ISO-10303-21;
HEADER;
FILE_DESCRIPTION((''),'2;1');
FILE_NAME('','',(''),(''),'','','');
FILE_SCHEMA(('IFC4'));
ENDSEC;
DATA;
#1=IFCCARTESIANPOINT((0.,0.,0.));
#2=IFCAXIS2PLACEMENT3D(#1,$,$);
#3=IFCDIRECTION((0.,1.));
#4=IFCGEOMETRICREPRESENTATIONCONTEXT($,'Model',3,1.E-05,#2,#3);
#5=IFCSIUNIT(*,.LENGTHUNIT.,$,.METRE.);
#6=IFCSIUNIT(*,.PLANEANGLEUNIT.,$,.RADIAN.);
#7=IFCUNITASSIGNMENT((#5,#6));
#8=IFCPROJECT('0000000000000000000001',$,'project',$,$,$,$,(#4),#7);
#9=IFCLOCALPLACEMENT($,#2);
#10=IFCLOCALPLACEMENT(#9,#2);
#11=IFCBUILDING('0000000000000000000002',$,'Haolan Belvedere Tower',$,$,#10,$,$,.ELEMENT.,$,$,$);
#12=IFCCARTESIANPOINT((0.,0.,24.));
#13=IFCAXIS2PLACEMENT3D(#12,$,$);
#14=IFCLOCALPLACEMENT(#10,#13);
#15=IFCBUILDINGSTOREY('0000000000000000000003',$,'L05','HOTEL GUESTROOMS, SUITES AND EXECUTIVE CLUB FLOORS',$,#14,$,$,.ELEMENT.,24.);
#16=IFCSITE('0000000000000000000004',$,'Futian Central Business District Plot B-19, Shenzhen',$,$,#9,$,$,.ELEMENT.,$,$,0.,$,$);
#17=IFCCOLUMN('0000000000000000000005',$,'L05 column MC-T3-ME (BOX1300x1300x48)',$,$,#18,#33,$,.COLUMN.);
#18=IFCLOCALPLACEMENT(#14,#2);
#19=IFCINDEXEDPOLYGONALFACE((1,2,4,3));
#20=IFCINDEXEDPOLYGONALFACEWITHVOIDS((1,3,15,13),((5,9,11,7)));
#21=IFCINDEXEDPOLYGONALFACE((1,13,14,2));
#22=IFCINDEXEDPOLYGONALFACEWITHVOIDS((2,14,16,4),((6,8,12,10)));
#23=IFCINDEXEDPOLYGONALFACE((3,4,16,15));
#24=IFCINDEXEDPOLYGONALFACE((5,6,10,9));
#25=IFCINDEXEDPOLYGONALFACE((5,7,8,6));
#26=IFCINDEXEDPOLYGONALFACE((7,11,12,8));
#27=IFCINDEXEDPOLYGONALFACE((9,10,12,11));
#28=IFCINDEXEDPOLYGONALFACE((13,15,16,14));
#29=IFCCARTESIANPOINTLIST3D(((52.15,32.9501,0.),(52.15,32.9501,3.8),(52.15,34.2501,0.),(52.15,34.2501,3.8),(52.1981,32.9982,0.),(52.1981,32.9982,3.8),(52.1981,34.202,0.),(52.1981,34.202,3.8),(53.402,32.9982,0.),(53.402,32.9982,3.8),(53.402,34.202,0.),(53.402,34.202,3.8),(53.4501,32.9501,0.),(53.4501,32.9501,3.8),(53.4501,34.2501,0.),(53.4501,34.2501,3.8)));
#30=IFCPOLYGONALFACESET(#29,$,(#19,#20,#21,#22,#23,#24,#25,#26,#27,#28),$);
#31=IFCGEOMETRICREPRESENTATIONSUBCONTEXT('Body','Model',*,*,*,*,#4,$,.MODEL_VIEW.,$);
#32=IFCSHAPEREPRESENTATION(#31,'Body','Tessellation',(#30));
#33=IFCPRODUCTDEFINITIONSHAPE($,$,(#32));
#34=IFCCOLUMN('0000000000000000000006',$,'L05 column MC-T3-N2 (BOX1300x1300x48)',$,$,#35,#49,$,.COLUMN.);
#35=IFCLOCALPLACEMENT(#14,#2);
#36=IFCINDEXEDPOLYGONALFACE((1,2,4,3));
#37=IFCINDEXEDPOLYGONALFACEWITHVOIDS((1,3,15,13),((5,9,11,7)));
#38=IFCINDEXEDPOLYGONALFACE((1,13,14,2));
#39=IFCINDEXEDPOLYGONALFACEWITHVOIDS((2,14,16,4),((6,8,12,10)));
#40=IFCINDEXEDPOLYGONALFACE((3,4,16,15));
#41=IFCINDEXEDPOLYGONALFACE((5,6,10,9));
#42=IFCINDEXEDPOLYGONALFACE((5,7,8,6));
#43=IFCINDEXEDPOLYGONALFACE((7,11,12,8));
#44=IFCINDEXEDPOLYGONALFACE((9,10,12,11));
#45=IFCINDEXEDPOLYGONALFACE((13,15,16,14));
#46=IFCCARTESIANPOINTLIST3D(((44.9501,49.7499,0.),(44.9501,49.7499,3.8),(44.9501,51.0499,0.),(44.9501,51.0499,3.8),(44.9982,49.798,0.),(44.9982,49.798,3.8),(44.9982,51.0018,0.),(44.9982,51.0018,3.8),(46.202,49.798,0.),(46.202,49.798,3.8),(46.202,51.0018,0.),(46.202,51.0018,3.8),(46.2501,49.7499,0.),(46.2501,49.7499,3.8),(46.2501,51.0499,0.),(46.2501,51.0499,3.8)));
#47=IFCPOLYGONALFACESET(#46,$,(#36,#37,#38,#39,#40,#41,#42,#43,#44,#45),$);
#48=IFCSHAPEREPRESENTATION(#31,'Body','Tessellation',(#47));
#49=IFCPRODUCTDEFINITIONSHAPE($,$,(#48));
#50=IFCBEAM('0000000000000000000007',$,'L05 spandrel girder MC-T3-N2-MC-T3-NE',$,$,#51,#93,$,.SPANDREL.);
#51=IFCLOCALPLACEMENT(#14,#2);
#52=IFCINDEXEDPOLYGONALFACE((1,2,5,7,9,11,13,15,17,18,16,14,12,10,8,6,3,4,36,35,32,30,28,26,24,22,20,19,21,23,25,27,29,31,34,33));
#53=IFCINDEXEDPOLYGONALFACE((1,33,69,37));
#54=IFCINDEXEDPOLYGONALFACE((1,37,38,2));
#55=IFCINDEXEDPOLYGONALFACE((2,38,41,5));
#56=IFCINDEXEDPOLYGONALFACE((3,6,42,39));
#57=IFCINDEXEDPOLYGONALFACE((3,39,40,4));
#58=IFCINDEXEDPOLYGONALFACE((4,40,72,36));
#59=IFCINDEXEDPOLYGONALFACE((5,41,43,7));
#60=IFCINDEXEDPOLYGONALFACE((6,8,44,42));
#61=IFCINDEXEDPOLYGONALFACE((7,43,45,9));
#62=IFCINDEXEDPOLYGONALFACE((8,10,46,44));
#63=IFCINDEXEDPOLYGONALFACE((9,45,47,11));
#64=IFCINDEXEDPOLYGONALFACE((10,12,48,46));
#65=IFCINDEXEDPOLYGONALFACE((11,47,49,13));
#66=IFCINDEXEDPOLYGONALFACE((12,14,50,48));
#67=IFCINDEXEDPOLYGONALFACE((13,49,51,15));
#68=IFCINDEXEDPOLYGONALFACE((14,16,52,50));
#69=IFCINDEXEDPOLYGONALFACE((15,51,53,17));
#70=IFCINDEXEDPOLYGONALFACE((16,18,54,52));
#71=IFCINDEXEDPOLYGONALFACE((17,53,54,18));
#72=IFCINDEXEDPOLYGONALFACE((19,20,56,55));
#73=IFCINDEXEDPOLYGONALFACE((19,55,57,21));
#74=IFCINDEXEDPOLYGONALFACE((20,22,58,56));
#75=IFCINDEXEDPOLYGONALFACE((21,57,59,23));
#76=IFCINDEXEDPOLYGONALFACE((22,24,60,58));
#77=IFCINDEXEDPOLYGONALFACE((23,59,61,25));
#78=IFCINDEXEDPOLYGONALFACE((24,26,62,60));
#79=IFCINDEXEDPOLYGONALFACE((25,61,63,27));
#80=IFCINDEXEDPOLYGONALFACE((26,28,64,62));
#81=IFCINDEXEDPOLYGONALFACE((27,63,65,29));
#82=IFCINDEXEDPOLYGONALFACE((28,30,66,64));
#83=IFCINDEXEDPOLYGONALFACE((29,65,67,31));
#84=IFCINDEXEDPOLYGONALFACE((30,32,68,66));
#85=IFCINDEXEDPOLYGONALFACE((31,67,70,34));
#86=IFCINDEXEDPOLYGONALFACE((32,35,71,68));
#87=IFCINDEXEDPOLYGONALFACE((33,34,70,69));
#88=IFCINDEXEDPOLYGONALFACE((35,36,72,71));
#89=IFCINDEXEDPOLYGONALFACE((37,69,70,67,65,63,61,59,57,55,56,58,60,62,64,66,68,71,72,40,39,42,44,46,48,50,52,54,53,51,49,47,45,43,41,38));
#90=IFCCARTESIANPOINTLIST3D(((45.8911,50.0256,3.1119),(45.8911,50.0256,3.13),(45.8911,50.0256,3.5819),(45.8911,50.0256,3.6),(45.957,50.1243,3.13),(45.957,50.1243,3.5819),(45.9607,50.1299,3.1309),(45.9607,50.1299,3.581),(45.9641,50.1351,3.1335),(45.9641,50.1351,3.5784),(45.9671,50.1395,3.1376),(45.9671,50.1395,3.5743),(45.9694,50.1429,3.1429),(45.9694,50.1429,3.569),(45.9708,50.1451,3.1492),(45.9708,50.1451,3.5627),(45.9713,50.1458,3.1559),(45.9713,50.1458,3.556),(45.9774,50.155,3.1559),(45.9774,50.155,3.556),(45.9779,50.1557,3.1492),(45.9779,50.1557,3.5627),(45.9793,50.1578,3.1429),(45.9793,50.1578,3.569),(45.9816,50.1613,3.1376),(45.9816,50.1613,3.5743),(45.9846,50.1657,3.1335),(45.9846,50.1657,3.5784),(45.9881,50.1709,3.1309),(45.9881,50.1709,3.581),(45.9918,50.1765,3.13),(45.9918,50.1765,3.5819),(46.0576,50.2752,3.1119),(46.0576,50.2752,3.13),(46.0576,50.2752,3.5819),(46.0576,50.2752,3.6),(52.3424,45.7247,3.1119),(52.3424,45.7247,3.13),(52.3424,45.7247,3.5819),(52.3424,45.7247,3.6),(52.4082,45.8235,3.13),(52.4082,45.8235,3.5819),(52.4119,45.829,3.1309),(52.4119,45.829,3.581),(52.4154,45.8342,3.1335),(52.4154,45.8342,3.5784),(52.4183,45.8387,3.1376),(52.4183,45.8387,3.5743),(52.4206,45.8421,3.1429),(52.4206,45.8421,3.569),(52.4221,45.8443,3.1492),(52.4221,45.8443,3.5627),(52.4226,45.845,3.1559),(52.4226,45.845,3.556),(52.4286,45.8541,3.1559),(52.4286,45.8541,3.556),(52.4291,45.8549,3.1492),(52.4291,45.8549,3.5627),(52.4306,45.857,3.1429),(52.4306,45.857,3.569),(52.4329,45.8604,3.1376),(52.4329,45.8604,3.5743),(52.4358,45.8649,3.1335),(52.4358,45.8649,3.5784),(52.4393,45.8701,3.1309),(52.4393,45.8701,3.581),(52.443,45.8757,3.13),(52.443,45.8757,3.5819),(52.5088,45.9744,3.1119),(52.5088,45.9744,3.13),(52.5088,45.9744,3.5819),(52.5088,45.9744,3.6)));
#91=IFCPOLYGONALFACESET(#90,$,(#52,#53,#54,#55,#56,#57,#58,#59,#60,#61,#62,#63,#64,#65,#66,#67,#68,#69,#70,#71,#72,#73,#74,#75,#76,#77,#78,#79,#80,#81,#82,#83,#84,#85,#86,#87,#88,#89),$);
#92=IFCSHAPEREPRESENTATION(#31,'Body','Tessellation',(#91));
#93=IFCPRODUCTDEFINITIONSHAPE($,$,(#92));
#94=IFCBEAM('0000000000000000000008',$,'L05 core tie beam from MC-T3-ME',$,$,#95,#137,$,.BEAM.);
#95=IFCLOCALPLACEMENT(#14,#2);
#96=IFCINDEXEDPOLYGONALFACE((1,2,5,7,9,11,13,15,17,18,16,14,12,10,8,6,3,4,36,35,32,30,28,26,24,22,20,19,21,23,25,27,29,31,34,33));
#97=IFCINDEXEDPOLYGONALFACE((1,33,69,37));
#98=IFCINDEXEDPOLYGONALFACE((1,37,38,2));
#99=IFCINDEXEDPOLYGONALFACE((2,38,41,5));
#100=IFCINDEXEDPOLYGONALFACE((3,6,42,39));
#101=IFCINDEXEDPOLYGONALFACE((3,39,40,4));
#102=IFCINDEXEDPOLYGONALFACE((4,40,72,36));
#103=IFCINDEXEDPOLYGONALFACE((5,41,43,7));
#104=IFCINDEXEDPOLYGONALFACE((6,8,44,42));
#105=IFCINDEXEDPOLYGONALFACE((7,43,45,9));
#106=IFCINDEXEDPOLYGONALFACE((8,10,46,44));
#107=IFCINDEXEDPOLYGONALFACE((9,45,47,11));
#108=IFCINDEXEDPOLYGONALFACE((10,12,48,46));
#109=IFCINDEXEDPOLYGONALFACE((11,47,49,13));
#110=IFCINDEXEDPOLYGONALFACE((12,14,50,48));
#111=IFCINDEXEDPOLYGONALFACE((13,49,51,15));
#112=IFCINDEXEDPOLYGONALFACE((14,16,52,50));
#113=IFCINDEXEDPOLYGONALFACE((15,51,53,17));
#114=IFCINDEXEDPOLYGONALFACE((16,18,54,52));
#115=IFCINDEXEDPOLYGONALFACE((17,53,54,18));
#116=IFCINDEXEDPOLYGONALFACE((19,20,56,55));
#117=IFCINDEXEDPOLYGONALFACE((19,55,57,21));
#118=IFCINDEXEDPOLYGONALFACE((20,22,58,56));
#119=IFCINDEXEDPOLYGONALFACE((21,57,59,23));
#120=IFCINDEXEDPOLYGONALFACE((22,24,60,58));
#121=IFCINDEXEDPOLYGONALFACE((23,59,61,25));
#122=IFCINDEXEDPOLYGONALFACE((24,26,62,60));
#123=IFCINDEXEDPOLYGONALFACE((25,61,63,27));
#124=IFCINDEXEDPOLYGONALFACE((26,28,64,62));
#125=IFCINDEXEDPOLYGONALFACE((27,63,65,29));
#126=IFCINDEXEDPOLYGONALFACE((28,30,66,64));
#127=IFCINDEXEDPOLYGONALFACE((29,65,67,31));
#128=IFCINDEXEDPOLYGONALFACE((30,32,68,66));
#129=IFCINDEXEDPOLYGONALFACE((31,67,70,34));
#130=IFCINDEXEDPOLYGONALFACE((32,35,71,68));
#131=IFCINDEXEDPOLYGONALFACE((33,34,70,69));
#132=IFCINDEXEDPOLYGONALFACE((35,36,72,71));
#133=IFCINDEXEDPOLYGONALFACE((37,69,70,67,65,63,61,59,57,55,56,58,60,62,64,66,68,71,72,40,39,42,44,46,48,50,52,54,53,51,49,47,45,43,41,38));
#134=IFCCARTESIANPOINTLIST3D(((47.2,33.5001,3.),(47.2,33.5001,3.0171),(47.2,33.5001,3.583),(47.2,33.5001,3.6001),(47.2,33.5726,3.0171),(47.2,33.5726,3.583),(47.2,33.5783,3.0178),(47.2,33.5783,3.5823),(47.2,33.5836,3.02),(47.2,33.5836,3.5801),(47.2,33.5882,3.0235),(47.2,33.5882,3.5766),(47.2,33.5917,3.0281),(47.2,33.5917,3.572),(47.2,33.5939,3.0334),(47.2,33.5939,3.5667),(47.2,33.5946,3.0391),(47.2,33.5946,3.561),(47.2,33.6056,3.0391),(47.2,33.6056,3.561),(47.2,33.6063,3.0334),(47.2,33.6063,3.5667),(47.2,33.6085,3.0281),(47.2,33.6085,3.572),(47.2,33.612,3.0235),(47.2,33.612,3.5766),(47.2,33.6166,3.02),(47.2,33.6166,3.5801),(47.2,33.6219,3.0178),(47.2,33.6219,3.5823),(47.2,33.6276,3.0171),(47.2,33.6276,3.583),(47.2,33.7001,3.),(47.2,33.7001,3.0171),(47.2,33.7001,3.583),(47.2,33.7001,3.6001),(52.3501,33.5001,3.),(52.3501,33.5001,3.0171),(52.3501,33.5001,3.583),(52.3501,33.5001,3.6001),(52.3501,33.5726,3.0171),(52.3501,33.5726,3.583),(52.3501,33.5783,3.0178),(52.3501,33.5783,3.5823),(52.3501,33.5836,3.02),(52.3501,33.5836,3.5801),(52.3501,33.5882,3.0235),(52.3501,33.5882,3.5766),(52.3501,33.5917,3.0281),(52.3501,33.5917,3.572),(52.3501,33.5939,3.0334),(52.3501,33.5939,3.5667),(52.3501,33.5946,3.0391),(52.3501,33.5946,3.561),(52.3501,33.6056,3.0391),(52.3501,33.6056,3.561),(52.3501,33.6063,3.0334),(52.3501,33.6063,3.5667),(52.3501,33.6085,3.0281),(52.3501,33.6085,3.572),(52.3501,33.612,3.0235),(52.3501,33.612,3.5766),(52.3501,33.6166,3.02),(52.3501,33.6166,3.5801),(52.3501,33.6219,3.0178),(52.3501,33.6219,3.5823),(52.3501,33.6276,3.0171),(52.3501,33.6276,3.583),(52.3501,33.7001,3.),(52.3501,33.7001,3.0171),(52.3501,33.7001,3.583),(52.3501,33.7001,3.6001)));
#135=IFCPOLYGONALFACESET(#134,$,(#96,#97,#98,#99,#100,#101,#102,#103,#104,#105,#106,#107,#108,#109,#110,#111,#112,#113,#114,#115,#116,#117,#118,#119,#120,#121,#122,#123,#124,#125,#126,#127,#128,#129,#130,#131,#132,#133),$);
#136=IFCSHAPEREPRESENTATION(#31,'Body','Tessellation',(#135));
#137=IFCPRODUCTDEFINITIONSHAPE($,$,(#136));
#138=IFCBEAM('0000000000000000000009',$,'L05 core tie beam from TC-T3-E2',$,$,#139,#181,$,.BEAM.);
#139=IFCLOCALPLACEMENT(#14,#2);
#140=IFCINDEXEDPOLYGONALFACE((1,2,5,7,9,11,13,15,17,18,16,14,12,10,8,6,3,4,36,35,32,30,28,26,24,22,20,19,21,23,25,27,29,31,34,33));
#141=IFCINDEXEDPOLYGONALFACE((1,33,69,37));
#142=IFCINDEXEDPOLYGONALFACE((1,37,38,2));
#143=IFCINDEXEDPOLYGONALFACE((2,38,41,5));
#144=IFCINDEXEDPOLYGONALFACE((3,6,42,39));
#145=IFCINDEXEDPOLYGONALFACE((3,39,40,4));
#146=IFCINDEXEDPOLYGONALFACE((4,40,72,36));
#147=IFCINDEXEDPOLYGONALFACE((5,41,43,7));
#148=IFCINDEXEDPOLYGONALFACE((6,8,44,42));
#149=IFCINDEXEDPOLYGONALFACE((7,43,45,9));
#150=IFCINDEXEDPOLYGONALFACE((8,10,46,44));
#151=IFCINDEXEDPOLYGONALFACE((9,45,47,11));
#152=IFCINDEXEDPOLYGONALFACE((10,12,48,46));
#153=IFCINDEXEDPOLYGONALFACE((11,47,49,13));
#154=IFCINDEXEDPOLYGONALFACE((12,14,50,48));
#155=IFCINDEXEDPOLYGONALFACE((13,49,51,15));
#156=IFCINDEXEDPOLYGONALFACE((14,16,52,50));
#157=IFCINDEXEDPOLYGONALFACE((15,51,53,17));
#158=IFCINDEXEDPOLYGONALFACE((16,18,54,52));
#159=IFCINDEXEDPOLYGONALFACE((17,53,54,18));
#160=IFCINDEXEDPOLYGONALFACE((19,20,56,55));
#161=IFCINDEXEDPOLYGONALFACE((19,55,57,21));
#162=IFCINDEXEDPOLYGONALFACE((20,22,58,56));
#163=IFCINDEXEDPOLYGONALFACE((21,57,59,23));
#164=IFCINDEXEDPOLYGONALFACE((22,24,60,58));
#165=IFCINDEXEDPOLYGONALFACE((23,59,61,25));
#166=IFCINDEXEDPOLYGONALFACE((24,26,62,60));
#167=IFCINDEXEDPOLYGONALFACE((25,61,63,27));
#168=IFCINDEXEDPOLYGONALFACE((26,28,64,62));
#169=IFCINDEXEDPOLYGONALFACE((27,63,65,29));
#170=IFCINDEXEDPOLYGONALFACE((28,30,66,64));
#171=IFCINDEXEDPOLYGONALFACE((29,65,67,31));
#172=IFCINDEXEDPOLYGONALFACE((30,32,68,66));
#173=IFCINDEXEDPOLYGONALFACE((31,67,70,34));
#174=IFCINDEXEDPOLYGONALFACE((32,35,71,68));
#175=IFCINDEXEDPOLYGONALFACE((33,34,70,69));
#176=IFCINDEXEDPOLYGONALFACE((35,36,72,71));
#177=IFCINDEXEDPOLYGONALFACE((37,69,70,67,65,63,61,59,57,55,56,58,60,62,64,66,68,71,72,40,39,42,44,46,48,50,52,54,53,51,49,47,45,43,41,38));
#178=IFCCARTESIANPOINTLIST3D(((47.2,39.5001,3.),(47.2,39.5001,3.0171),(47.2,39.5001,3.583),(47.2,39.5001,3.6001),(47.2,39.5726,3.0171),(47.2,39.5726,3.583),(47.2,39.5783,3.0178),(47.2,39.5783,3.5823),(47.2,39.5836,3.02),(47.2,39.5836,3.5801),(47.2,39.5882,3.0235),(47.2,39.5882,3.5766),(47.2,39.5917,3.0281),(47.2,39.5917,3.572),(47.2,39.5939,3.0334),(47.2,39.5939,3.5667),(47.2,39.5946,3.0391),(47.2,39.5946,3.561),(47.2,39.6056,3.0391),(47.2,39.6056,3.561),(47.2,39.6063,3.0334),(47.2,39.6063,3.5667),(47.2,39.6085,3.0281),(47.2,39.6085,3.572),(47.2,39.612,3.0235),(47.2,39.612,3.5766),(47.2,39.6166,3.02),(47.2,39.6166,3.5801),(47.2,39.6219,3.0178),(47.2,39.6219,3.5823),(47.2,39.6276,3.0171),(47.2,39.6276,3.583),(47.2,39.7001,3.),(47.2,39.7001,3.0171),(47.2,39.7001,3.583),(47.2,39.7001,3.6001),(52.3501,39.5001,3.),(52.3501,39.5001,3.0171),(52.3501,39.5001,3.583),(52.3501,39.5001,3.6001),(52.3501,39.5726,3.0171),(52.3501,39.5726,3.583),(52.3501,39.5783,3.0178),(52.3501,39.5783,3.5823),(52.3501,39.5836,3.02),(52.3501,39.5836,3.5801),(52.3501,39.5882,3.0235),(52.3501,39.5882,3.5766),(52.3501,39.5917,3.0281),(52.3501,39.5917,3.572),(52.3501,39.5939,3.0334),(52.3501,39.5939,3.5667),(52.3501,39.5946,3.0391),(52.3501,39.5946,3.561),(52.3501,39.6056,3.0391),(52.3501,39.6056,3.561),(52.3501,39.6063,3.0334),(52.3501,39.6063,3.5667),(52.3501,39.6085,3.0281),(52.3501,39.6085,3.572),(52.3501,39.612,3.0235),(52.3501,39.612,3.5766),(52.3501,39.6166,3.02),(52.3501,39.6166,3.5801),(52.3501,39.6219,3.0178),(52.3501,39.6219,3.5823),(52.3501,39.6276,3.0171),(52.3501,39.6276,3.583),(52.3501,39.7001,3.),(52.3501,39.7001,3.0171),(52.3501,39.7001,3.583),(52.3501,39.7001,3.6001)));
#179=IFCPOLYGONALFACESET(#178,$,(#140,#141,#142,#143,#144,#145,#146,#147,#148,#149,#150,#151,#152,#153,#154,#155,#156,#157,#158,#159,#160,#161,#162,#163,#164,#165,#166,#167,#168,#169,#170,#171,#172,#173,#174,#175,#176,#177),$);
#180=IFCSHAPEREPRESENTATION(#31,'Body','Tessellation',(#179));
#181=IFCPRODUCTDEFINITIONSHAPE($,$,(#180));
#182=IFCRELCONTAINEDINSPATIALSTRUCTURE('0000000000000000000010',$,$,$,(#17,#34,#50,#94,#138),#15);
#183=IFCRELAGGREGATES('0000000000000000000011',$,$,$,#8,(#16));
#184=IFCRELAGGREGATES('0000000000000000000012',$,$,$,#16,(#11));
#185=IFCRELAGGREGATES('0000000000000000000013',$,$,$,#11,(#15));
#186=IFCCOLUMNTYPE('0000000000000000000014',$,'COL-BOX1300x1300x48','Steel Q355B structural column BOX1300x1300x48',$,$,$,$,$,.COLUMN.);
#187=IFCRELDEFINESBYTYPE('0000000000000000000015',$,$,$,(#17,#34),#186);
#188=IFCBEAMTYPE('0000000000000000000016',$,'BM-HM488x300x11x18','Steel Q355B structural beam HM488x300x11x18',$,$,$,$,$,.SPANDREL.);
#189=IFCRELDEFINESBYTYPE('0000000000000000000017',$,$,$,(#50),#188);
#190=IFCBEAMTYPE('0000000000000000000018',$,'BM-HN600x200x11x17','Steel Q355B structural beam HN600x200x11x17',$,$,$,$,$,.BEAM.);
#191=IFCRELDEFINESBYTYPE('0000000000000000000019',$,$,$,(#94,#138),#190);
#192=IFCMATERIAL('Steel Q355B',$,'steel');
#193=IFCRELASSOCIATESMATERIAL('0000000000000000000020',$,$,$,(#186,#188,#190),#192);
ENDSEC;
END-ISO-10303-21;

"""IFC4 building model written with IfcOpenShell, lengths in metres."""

from ifc_helpers import new_model, si_unit, direction, frame, origin, origin_2d, place, context, subcontext, project, spatial, hollow_rectangle, i_section, extrude, material, material_profile, profile_set, type_object, element, save


model = new_model("IFC4")

# Units and contexts
model_context = context("Model", 3, precision=1e-05, world=origin(), true_north=direction((0.0, 1.0)))
body_context = subcontext(model_context, "Body", "Model", "MODEL_VIEW")
ifc_project = project(units=[si_unit("LENGTHUNIT", "METRE"), si_unit("PLANEANGLEUNIT", "RADIAN")], contexts=[model_context])

# Site, building, storey
site_placement = place(None, origin())
site = spatial("IfcSite", under=ifc_project, at=site_placement, Name="Futian Central Business District Plot B-19, Shenzhen", CompositionType="ELEMENT", RefElevation=0.0)
building_placement = place(site_placement, origin())
building = spatial("IfcBuilding", under=site, at=building_placement, Name="Haolan Belvedere Tower", CompositionType="ELEMENT")
storey_placement = place(building_placement, frame((0.0, 0.0, 24.0)))
storey = spatial("IfcBuildingStorey", under=building, at=storey_placement, Name="L05", Description="HOTEL GUESTROOMS, SUITES AND EXECUTIVE CLUB FLOORS", CompositionType="ELEMENT", Elevation=24.0)

# Columns
ifc_material_1 = material(Name="Steel Q355B", Category="steel")
ifc_material_profile_1 = material_profile(ifc_material_1, hollow_rectangle(XDim=1.3, YDim=1.3, WallThickness=0.0481, at=origin_2d()), Name="Steel Q355B")
ifc_profile_set_1 = profile_set([ifc_material_profile_1], Name="Steel Q355B")
column_type = type_object("IfcColumnType", Name="COL-BOX1300x1300x48", Description="Steel Q355B structural column BOX1300x1300x48", PredefinedType="COLUMN", material=ifc_profile_set_1)
for number, where, z_axis, x_axis, name in (
    (1, (52.8, 33.6001, 0.0), (0.0, 0.0, 1.0), (1.0, 0.0, 0.0), "L05 column MC-T3-ME (BOX1300x1300x48)"),
    (2, (45.6001, 50.3999, 0.0), (0.0, 0.0, 1.0), (1.0, 0.0, 0.0), "L05 column MC-T3-N2 (BOX1300x1300x48)"),
):
    element("IfcColumn", number, at=place(storey_placement, frame(where, z_axis=z_axis, x_axis=x_axis)), inside=storey, type_object=column_type, Name=name, PredefinedType="COLUMN", context=body_context, shape_type="SweptSolid", body=[
        extrude(hollow_rectangle(XDim=1.3, YDim=1.3, WallThickness=0.0481, at=origin_2d()), origin(), (0.0, 0.0, 1.0), 3.8),
    ])

# Beams
ifc_material_profile_2 = material_profile(ifc_material_1, i_section(OverallWidth=0.3, OverallDepth=0.488, WebThickness=0.011, FlangeThickness=0.0181, FilletRadius=0.0259, at=origin_2d()), Name="Steel Q355B")
ifc_profile_set_2 = profile_set([ifc_material_profile_2], Name="Steel Q355B")
beam_type_1 = type_object("IfcBeamType", Name="BM-HM488x300x11x18", Description="Steel Q355B structural beam HM488x300x11x18", PredefinedType="SPANDREL", material=ifc_profile_set_2)
beam_1_placement = place(storey_placement, frame((45.9744, 50.1504, 3.356), z_axis=(0.83205, -0.5547, 0.0), x_axis=(0.5547, 0.83205, 0.0)))
element("IfcBeam", 3, at=beam_1_placement, inside=storey, type_object=beam_type_1, Name="L05 spandrel girder MC-T3-N2-MC-T3-NE", PredefinedType="SPANDREL", context=body_context, shape_type="SweptSolid", body=[
    extrude(i_section(OverallWidth=0.3, OverallDepth=0.488, WebThickness=0.011, FlangeThickness=0.0181, FilletRadius=0.0259, at=origin_2d()), origin(), (0.0, 0.0, 1.0), 7.7534),
])
ifc_material_profile_3 = material_profile(ifc_material_1, i_section(OverallWidth=0.2, OverallDepth=0.6001, WebThickness=0.011, FlangeThickness=0.0171, FilletRadius=0.022, at=origin_2d()), Name="Steel Q355B")
ifc_profile_set_3 = profile_set([ifc_material_profile_3], Name="Steel Q355B")
beam_type_2 = type_object("IfcBeamType", Name="BM-HN600x200x11x17", Description="Steel Q355B structural beam HN600x200x11x17", PredefinedType="BEAM", material=ifc_profile_set_3)
for number, where, z_axis, x_axis, name in (
    (4, (52.3501, 33.6001, 3.3), (-1.0, 0.0, 0.0), (0.0, -1.0, 0.0), "L05 core tie beam from MC-T3-ME"),
    (5, (52.3501, 39.6001, 3.3), (-1.0, 0.0, 0.0), (0.0, -1.0, 0.0), "L05 core tie beam from TC-T3-E2"),
):
    element("IfcBeam", number, at=place(storey_placement, frame(where, z_axis=z_axis, x_axis=x_axis)), inside=storey, type_object=beam_type_2, Name=name, PredefinedType="BEAM", context=body_context, shape_type="SweptSolid", body=[
        extrude(i_section(OverallWidth=0.2, OverallDepth=0.6001, WebThickness=0.011, FlangeThickness=0.0171, FilletRadius=0.022, at=origin_2d()), origin(), (0.0, 0.0, 1.0), 5.1501),
    ])

save(model, "model.ifc")
